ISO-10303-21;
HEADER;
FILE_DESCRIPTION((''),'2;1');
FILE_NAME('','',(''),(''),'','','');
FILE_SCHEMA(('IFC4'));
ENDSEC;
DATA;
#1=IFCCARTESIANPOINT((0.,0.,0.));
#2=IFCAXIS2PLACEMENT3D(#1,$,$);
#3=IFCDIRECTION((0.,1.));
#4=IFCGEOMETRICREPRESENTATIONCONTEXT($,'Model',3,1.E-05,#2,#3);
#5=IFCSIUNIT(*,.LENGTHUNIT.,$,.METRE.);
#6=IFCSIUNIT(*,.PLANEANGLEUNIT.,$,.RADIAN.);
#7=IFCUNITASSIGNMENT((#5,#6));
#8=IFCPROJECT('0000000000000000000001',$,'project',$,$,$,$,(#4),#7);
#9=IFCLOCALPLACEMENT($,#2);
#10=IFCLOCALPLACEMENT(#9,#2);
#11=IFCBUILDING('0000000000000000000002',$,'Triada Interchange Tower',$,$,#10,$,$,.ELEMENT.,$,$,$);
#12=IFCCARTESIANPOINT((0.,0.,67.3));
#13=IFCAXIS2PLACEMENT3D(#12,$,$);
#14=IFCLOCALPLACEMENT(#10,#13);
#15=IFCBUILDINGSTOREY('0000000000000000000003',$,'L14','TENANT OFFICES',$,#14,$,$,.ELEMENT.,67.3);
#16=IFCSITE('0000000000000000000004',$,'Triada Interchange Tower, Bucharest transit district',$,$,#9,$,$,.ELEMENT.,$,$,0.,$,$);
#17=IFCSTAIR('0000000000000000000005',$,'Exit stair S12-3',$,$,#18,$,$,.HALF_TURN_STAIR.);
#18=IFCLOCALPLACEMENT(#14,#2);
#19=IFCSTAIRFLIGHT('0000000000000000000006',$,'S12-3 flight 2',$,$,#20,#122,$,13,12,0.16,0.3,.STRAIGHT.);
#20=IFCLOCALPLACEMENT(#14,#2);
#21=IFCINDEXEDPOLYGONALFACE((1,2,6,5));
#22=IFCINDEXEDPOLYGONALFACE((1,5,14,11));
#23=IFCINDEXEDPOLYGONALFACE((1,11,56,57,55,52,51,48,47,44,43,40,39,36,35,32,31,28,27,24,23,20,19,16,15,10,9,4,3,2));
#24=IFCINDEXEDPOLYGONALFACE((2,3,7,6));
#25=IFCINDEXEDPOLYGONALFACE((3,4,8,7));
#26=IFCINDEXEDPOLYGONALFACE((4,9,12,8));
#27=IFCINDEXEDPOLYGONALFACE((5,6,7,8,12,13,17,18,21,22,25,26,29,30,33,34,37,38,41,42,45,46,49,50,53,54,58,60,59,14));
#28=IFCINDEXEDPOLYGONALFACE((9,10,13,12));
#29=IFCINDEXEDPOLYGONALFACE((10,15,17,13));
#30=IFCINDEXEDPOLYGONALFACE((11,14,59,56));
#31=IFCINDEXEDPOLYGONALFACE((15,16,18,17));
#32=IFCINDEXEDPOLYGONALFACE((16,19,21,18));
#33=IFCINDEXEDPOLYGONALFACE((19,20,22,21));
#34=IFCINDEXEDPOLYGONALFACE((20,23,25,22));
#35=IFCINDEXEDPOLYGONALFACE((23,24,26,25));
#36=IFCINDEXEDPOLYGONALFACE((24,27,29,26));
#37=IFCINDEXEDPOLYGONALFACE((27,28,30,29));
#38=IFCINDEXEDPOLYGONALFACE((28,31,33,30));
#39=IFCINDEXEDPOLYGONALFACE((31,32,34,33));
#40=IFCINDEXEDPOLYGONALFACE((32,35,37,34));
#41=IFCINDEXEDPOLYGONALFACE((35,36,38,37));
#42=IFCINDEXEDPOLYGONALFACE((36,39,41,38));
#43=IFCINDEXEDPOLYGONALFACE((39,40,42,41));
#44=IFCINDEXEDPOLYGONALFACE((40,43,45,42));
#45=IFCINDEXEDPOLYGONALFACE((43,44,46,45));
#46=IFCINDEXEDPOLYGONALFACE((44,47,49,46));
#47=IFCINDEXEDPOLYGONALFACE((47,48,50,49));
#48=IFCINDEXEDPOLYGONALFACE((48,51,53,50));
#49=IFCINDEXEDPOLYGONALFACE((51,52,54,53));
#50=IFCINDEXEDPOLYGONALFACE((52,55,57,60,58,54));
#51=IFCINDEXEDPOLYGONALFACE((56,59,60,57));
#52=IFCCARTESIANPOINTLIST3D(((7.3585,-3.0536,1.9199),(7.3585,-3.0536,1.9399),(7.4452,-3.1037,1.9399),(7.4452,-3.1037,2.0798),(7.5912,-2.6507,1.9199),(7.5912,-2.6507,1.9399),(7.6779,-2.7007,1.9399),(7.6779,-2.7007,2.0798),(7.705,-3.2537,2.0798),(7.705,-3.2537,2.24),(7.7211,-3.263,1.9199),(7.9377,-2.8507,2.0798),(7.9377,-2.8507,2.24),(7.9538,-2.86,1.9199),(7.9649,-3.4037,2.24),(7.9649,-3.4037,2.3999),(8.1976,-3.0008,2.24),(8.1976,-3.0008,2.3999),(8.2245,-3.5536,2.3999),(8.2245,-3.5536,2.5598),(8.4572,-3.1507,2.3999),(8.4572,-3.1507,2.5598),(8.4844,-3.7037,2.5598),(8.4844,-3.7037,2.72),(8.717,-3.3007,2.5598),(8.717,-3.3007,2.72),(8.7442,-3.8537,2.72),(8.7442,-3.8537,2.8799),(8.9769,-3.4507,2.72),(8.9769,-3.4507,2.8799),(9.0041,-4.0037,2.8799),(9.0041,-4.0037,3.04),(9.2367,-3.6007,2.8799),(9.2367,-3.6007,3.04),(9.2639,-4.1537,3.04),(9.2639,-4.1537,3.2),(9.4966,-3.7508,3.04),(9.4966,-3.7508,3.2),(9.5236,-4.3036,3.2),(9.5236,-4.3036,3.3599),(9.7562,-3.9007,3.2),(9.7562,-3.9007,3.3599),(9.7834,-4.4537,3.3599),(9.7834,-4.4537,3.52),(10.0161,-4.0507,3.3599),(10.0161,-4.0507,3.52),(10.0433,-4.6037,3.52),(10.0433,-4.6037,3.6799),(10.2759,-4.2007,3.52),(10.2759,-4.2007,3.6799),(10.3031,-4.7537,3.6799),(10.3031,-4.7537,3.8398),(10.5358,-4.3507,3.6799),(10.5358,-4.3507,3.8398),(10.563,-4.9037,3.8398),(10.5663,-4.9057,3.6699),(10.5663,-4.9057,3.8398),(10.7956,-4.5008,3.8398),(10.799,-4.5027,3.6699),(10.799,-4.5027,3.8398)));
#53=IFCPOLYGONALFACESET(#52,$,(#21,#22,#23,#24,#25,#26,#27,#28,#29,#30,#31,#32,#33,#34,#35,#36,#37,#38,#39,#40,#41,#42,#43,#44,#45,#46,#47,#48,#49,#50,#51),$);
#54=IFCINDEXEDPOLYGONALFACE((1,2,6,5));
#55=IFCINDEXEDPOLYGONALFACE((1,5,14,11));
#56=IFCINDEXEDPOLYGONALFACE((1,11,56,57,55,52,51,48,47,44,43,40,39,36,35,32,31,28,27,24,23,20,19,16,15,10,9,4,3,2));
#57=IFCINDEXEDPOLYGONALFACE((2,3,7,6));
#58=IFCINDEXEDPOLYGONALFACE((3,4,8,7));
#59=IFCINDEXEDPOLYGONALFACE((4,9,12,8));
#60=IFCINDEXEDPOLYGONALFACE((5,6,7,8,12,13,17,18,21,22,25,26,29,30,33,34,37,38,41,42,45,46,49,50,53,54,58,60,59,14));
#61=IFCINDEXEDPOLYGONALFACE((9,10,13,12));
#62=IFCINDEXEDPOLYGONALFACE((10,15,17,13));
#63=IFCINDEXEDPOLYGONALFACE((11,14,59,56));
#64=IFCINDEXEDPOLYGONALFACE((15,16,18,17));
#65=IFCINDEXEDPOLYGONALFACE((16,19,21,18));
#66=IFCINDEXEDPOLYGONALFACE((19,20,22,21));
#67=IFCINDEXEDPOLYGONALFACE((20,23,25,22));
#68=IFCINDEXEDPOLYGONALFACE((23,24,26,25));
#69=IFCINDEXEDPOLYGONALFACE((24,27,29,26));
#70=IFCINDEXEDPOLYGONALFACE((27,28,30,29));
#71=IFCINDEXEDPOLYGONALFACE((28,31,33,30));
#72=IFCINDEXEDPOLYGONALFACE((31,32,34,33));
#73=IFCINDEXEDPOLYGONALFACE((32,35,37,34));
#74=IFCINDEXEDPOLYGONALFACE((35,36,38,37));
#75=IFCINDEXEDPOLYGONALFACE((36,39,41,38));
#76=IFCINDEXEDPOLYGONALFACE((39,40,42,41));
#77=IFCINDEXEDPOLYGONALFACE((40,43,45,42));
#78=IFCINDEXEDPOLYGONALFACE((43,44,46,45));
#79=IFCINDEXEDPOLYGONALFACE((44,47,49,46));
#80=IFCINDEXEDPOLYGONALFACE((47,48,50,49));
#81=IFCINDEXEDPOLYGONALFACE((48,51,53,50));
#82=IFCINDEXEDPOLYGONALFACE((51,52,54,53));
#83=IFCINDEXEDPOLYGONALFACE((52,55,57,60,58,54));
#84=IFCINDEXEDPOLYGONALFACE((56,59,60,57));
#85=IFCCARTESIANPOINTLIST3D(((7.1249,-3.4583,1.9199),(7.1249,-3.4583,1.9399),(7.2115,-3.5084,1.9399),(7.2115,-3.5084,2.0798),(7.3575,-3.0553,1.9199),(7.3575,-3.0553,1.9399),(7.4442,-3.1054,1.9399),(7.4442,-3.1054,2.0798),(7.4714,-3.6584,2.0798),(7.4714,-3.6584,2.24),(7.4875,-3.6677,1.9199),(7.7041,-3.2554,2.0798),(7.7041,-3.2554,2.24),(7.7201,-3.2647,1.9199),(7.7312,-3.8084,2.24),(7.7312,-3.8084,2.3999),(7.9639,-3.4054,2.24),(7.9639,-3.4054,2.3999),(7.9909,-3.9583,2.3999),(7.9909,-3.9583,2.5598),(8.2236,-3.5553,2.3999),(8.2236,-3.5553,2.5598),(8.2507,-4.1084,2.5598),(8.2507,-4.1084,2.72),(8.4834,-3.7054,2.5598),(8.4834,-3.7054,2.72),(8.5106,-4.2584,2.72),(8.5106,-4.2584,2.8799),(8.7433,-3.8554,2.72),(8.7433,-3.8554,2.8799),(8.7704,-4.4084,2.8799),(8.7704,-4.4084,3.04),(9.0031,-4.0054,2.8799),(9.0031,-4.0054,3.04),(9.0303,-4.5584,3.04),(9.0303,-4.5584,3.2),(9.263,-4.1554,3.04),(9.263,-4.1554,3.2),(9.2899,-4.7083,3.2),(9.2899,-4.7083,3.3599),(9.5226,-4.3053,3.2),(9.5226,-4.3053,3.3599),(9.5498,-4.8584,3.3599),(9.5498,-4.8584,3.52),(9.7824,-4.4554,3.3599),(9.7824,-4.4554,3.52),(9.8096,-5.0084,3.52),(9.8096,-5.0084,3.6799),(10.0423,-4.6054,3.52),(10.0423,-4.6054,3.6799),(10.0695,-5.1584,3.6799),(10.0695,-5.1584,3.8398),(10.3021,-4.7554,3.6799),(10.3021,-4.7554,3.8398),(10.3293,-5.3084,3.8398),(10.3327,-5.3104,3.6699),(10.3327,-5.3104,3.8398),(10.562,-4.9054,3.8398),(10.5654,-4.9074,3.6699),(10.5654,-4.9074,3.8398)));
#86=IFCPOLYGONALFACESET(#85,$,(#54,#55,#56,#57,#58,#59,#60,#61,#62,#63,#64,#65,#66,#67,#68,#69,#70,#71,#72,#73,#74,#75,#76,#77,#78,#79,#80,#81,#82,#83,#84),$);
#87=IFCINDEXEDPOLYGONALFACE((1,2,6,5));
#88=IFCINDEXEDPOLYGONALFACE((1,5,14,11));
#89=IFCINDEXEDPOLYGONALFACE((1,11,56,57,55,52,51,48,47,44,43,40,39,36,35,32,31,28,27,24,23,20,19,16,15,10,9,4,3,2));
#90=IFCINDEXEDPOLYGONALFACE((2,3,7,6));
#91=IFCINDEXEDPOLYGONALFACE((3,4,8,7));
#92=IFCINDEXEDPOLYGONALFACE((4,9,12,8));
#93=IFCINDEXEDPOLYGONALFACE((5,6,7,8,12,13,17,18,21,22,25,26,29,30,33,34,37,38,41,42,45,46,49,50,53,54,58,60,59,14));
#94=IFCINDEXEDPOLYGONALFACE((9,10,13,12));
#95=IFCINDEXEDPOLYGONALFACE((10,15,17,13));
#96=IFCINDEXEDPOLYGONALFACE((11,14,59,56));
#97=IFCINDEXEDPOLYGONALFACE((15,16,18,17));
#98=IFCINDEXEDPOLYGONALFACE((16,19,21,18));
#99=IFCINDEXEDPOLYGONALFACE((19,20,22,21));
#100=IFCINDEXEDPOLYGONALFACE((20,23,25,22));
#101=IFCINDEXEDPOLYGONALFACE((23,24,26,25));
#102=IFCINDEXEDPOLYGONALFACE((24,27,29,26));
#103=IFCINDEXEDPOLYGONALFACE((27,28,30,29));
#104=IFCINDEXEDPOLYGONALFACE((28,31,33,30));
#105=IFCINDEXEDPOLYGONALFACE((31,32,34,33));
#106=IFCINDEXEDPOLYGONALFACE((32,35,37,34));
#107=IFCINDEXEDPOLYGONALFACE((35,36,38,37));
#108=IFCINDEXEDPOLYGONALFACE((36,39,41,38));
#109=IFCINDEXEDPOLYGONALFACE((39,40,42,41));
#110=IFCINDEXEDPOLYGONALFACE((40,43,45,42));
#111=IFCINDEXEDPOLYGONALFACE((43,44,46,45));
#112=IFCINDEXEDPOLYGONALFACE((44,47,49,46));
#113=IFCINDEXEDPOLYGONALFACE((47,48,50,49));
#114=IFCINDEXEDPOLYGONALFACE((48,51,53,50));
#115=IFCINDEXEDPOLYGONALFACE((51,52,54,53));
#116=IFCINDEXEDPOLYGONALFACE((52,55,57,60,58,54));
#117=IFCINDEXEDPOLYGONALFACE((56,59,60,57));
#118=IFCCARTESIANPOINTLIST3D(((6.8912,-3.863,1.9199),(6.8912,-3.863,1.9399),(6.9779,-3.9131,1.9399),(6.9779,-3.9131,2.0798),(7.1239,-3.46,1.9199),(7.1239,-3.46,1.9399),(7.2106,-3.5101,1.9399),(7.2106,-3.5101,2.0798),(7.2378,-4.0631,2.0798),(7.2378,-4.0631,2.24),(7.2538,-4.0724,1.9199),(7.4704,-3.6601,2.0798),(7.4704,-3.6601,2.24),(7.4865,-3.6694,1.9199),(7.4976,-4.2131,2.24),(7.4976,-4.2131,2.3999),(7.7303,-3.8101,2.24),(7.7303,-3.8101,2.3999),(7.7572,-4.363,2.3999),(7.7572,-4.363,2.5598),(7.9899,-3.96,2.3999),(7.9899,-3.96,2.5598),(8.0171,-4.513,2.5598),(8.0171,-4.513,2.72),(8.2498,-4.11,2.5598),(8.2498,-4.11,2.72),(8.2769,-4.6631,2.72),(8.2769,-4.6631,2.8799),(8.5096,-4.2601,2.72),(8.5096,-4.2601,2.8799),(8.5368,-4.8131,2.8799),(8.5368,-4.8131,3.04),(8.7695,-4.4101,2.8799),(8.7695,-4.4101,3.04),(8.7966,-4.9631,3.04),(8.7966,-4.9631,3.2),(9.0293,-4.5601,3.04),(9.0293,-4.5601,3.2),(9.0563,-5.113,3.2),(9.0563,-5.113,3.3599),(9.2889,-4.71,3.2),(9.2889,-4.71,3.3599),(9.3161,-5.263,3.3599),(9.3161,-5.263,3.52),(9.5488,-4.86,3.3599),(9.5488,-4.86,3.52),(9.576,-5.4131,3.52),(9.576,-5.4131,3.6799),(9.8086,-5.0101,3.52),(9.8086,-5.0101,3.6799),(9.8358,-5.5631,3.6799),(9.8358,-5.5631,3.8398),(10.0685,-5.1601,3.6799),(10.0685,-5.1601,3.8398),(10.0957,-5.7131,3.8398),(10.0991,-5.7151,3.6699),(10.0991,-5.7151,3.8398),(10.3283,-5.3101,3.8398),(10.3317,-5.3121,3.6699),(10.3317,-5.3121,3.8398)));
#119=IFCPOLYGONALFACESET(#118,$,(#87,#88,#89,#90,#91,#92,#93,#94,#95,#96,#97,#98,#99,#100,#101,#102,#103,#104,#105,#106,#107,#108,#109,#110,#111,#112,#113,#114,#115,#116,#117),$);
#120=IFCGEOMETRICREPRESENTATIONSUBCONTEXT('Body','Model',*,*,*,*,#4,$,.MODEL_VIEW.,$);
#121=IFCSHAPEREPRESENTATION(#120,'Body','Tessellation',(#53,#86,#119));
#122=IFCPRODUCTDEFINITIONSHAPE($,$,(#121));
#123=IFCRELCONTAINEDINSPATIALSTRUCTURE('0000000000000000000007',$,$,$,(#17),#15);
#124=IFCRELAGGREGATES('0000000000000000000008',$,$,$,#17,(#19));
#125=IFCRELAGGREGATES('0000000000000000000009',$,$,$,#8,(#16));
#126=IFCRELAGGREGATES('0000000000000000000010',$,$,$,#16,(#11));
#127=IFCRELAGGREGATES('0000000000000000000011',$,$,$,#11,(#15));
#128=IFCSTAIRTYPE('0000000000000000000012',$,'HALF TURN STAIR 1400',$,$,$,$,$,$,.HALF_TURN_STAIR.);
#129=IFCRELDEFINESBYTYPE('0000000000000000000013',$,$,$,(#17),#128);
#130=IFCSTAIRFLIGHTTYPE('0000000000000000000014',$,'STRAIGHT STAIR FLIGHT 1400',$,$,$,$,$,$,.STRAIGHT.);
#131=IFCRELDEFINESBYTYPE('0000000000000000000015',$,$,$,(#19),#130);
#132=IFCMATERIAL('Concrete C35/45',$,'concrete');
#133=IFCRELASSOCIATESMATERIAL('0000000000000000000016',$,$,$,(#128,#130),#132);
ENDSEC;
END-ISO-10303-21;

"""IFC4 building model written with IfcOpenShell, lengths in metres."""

from ifc_helpers import new_model, si_unit, direction, frame, origin, place, context, subcontext, project, spatial, polyline, outline, extrude, material, type_object, element, aggregate, save


model = new_model("IFC4")

# Units and contexts
model_context = context("Model", 3, precision=1e-05, world=origin(), true_north=direction((0.0, 1.0)))
body_context = subcontext(model_context, "Body", "Model", "MODEL_VIEW")
ifc_project = project(units=[si_unit("LENGTHUNIT", "METRE"), si_unit("PLANEANGLEUNIT", "RADIAN")], contexts=[model_context])

# Site, building, storey
site_placement = place(None, origin())
site = spatial("IfcSite", under=ifc_project, at=site_placement, Name="Triada Interchange Tower, Bucharest transit district", CompositionType="ELEMENT", RefElevation=0.0)
building_placement = place(site_placement, origin())
building = spatial("IfcBuilding", under=site, at=building_placement, Name="Triada Interchange Tower", CompositionType="ELEMENT")
storey_placement = place(building_placement, frame((0.0, 0.0, 67.3)))
storey = spatial("IfcBuildingStorey", under=building, at=storey_placement, Name="L14", Description="TENANT OFFICES", CompositionType="ELEMENT", Elevation=67.3)

# Stair, stair flight
ifc_material_1 = material(Name="Concrete C35/45", Category="concrete")
stair_type = type_object("IfcStairType", Name="HALF TURN STAIR 1400", PredefinedType="HALF_TURN_STAIR", material=ifc_material_1)
stair_placement = place(storey_placement, origin())
stair = element("IfcStair", 1, at=stair_placement, inside=storey, type_object=stair_type, Name="Exit stair S12-3", PredefinedType="HALF_TURN_STAIR")
stair_flight_type = type_object("IfcStairFlightType", Name="STRAIGHT STAIR FLIGHT 1400", PredefinedType="STRAIGHT", material=ifc_material_1)
stair_flight_1_placement = place(storey_placement, frame((7.3279, -3.3069, 1.9199), z_axis=(0.0, 0.0, 1.0), x_axis=(0.866025, -0.5, 0.0)))
stair_flight_1 = element("IfcStairFlight", 2, at=stair_flight_1_placement, type_object=stair_flight_type, Name="S12-3 flight 2", NumberOfRisers=13, NumberOfTreads=12, PredefinedType="STRAIGHT", RiserHeight=0.16, TreadLength=0.3, context=body_context, shape_type="SweptSolid", body=[
    extrude(outline(polyline([(-0.1001, 0.0), (-0.1001, 0.02), (0.0, 0.02), (0.0, 0.1599), (0.3, 0.1599), (0.3, 0.3201), (0.6001, 0.3201), (0.6001, 0.48), (0.8999, 0.48), (0.8999, 0.6399), (1.2, 0.6399), (1.2, 0.8), (1.5, 0.8), (1.5, 0.96), (1.8, 0.96), (1.8, 1.1201), (2.1001, 1.1201), (2.1001, 1.28), (2.3999, 1.28), (2.3999, 1.4399), (2.7, 1.4399), (2.7, 1.6001), (3.0, 1.6001), (3.0, 1.76), (3.3, 1.76), (3.3, 1.9199), (3.6001, 1.9199), (3.604, 1.9199), (3.604, 2.0801), (3.604, 1.75), (0.3186, 0.0), (-0.1001, 0.0)])), frame((0.0, 0.7, 0.0), z_axis=(0.0, -1.0, 0.0), x_axis=(1.0, 0.0, 0.0)), (0.0, 0.0, 1.0), 0.4653),
    extrude(outline(polyline([(-0.1001, 0.0), (-0.1001, 0.02), (0.0, 0.02), (0.0, 0.1599), (0.3, 0.1599), (0.3, 0.3201), (0.6001, 0.3201), (0.6001, 0.48), (0.8999, 0.48), (0.8999, 0.6399), (1.2, 0.6399), (1.2, 0.8), (1.5, 0.8), (1.5, 0.96), (1.8, 0.96), (1.8, 1.1201), (2.1001, 1.1201), (2.1001, 1.28), (2.3999, 1.28), (2.3999, 1.4399), (2.7, 1.4399), (2.7, 1.6001), (3.0, 1.6001), (3.0, 1.76), (3.3, 1.76), (3.3, 1.9199), (3.6001, 1.9199), (3.604, 1.9199), (3.604, 2.0801), (3.604, 1.75), (0.3186, 0.0), (-0.1001, 0.0)])), frame((0.0, 0.2327, 0.0), z_axis=(0.0, -1.0, 0.0), x_axis=(1.0, 0.0, 0.0)), (0.0, 0.0, 1.0), 0.4653),
    extrude(outline(polyline([(-0.1001, 0.0), (-0.1001, 0.02), (0.0, 0.02), (0.0, 0.1599), (0.3, 0.1599), (0.3, 0.3201), (0.6001, 0.3201), (0.6001, 0.48), (0.8999, 0.48), (0.8999, 0.6399), (1.2, 0.6399), (1.2, 0.8), (1.5, 0.8), (1.5, 0.96), (1.8, 0.96), (1.8, 1.1201), (2.1001, 1.1201), (2.1001, 1.28), (2.3999, 1.28), (2.3999, 1.4399), (2.7, 1.4399), (2.7, 1.6001), (3.0, 1.6001), (3.0, 1.76), (3.3, 1.76), (3.3, 1.9199), (3.6001, 1.9199), (3.604, 1.9199), (3.604, 2.0801), (3.604, 1.75), (0.3186, 0.0), (-0.1001, 0.0)])), frame((0.0, -0.2346, 0.0), z_axis=(0.0, -1.0, 0.0), x_axis=(1.0, 0.0, 0.0)), (0.0, 0.0, 1.0), 0.4653),
])
aggregate(stair, [stair_flight_1])

save(model, "model.ifc")
